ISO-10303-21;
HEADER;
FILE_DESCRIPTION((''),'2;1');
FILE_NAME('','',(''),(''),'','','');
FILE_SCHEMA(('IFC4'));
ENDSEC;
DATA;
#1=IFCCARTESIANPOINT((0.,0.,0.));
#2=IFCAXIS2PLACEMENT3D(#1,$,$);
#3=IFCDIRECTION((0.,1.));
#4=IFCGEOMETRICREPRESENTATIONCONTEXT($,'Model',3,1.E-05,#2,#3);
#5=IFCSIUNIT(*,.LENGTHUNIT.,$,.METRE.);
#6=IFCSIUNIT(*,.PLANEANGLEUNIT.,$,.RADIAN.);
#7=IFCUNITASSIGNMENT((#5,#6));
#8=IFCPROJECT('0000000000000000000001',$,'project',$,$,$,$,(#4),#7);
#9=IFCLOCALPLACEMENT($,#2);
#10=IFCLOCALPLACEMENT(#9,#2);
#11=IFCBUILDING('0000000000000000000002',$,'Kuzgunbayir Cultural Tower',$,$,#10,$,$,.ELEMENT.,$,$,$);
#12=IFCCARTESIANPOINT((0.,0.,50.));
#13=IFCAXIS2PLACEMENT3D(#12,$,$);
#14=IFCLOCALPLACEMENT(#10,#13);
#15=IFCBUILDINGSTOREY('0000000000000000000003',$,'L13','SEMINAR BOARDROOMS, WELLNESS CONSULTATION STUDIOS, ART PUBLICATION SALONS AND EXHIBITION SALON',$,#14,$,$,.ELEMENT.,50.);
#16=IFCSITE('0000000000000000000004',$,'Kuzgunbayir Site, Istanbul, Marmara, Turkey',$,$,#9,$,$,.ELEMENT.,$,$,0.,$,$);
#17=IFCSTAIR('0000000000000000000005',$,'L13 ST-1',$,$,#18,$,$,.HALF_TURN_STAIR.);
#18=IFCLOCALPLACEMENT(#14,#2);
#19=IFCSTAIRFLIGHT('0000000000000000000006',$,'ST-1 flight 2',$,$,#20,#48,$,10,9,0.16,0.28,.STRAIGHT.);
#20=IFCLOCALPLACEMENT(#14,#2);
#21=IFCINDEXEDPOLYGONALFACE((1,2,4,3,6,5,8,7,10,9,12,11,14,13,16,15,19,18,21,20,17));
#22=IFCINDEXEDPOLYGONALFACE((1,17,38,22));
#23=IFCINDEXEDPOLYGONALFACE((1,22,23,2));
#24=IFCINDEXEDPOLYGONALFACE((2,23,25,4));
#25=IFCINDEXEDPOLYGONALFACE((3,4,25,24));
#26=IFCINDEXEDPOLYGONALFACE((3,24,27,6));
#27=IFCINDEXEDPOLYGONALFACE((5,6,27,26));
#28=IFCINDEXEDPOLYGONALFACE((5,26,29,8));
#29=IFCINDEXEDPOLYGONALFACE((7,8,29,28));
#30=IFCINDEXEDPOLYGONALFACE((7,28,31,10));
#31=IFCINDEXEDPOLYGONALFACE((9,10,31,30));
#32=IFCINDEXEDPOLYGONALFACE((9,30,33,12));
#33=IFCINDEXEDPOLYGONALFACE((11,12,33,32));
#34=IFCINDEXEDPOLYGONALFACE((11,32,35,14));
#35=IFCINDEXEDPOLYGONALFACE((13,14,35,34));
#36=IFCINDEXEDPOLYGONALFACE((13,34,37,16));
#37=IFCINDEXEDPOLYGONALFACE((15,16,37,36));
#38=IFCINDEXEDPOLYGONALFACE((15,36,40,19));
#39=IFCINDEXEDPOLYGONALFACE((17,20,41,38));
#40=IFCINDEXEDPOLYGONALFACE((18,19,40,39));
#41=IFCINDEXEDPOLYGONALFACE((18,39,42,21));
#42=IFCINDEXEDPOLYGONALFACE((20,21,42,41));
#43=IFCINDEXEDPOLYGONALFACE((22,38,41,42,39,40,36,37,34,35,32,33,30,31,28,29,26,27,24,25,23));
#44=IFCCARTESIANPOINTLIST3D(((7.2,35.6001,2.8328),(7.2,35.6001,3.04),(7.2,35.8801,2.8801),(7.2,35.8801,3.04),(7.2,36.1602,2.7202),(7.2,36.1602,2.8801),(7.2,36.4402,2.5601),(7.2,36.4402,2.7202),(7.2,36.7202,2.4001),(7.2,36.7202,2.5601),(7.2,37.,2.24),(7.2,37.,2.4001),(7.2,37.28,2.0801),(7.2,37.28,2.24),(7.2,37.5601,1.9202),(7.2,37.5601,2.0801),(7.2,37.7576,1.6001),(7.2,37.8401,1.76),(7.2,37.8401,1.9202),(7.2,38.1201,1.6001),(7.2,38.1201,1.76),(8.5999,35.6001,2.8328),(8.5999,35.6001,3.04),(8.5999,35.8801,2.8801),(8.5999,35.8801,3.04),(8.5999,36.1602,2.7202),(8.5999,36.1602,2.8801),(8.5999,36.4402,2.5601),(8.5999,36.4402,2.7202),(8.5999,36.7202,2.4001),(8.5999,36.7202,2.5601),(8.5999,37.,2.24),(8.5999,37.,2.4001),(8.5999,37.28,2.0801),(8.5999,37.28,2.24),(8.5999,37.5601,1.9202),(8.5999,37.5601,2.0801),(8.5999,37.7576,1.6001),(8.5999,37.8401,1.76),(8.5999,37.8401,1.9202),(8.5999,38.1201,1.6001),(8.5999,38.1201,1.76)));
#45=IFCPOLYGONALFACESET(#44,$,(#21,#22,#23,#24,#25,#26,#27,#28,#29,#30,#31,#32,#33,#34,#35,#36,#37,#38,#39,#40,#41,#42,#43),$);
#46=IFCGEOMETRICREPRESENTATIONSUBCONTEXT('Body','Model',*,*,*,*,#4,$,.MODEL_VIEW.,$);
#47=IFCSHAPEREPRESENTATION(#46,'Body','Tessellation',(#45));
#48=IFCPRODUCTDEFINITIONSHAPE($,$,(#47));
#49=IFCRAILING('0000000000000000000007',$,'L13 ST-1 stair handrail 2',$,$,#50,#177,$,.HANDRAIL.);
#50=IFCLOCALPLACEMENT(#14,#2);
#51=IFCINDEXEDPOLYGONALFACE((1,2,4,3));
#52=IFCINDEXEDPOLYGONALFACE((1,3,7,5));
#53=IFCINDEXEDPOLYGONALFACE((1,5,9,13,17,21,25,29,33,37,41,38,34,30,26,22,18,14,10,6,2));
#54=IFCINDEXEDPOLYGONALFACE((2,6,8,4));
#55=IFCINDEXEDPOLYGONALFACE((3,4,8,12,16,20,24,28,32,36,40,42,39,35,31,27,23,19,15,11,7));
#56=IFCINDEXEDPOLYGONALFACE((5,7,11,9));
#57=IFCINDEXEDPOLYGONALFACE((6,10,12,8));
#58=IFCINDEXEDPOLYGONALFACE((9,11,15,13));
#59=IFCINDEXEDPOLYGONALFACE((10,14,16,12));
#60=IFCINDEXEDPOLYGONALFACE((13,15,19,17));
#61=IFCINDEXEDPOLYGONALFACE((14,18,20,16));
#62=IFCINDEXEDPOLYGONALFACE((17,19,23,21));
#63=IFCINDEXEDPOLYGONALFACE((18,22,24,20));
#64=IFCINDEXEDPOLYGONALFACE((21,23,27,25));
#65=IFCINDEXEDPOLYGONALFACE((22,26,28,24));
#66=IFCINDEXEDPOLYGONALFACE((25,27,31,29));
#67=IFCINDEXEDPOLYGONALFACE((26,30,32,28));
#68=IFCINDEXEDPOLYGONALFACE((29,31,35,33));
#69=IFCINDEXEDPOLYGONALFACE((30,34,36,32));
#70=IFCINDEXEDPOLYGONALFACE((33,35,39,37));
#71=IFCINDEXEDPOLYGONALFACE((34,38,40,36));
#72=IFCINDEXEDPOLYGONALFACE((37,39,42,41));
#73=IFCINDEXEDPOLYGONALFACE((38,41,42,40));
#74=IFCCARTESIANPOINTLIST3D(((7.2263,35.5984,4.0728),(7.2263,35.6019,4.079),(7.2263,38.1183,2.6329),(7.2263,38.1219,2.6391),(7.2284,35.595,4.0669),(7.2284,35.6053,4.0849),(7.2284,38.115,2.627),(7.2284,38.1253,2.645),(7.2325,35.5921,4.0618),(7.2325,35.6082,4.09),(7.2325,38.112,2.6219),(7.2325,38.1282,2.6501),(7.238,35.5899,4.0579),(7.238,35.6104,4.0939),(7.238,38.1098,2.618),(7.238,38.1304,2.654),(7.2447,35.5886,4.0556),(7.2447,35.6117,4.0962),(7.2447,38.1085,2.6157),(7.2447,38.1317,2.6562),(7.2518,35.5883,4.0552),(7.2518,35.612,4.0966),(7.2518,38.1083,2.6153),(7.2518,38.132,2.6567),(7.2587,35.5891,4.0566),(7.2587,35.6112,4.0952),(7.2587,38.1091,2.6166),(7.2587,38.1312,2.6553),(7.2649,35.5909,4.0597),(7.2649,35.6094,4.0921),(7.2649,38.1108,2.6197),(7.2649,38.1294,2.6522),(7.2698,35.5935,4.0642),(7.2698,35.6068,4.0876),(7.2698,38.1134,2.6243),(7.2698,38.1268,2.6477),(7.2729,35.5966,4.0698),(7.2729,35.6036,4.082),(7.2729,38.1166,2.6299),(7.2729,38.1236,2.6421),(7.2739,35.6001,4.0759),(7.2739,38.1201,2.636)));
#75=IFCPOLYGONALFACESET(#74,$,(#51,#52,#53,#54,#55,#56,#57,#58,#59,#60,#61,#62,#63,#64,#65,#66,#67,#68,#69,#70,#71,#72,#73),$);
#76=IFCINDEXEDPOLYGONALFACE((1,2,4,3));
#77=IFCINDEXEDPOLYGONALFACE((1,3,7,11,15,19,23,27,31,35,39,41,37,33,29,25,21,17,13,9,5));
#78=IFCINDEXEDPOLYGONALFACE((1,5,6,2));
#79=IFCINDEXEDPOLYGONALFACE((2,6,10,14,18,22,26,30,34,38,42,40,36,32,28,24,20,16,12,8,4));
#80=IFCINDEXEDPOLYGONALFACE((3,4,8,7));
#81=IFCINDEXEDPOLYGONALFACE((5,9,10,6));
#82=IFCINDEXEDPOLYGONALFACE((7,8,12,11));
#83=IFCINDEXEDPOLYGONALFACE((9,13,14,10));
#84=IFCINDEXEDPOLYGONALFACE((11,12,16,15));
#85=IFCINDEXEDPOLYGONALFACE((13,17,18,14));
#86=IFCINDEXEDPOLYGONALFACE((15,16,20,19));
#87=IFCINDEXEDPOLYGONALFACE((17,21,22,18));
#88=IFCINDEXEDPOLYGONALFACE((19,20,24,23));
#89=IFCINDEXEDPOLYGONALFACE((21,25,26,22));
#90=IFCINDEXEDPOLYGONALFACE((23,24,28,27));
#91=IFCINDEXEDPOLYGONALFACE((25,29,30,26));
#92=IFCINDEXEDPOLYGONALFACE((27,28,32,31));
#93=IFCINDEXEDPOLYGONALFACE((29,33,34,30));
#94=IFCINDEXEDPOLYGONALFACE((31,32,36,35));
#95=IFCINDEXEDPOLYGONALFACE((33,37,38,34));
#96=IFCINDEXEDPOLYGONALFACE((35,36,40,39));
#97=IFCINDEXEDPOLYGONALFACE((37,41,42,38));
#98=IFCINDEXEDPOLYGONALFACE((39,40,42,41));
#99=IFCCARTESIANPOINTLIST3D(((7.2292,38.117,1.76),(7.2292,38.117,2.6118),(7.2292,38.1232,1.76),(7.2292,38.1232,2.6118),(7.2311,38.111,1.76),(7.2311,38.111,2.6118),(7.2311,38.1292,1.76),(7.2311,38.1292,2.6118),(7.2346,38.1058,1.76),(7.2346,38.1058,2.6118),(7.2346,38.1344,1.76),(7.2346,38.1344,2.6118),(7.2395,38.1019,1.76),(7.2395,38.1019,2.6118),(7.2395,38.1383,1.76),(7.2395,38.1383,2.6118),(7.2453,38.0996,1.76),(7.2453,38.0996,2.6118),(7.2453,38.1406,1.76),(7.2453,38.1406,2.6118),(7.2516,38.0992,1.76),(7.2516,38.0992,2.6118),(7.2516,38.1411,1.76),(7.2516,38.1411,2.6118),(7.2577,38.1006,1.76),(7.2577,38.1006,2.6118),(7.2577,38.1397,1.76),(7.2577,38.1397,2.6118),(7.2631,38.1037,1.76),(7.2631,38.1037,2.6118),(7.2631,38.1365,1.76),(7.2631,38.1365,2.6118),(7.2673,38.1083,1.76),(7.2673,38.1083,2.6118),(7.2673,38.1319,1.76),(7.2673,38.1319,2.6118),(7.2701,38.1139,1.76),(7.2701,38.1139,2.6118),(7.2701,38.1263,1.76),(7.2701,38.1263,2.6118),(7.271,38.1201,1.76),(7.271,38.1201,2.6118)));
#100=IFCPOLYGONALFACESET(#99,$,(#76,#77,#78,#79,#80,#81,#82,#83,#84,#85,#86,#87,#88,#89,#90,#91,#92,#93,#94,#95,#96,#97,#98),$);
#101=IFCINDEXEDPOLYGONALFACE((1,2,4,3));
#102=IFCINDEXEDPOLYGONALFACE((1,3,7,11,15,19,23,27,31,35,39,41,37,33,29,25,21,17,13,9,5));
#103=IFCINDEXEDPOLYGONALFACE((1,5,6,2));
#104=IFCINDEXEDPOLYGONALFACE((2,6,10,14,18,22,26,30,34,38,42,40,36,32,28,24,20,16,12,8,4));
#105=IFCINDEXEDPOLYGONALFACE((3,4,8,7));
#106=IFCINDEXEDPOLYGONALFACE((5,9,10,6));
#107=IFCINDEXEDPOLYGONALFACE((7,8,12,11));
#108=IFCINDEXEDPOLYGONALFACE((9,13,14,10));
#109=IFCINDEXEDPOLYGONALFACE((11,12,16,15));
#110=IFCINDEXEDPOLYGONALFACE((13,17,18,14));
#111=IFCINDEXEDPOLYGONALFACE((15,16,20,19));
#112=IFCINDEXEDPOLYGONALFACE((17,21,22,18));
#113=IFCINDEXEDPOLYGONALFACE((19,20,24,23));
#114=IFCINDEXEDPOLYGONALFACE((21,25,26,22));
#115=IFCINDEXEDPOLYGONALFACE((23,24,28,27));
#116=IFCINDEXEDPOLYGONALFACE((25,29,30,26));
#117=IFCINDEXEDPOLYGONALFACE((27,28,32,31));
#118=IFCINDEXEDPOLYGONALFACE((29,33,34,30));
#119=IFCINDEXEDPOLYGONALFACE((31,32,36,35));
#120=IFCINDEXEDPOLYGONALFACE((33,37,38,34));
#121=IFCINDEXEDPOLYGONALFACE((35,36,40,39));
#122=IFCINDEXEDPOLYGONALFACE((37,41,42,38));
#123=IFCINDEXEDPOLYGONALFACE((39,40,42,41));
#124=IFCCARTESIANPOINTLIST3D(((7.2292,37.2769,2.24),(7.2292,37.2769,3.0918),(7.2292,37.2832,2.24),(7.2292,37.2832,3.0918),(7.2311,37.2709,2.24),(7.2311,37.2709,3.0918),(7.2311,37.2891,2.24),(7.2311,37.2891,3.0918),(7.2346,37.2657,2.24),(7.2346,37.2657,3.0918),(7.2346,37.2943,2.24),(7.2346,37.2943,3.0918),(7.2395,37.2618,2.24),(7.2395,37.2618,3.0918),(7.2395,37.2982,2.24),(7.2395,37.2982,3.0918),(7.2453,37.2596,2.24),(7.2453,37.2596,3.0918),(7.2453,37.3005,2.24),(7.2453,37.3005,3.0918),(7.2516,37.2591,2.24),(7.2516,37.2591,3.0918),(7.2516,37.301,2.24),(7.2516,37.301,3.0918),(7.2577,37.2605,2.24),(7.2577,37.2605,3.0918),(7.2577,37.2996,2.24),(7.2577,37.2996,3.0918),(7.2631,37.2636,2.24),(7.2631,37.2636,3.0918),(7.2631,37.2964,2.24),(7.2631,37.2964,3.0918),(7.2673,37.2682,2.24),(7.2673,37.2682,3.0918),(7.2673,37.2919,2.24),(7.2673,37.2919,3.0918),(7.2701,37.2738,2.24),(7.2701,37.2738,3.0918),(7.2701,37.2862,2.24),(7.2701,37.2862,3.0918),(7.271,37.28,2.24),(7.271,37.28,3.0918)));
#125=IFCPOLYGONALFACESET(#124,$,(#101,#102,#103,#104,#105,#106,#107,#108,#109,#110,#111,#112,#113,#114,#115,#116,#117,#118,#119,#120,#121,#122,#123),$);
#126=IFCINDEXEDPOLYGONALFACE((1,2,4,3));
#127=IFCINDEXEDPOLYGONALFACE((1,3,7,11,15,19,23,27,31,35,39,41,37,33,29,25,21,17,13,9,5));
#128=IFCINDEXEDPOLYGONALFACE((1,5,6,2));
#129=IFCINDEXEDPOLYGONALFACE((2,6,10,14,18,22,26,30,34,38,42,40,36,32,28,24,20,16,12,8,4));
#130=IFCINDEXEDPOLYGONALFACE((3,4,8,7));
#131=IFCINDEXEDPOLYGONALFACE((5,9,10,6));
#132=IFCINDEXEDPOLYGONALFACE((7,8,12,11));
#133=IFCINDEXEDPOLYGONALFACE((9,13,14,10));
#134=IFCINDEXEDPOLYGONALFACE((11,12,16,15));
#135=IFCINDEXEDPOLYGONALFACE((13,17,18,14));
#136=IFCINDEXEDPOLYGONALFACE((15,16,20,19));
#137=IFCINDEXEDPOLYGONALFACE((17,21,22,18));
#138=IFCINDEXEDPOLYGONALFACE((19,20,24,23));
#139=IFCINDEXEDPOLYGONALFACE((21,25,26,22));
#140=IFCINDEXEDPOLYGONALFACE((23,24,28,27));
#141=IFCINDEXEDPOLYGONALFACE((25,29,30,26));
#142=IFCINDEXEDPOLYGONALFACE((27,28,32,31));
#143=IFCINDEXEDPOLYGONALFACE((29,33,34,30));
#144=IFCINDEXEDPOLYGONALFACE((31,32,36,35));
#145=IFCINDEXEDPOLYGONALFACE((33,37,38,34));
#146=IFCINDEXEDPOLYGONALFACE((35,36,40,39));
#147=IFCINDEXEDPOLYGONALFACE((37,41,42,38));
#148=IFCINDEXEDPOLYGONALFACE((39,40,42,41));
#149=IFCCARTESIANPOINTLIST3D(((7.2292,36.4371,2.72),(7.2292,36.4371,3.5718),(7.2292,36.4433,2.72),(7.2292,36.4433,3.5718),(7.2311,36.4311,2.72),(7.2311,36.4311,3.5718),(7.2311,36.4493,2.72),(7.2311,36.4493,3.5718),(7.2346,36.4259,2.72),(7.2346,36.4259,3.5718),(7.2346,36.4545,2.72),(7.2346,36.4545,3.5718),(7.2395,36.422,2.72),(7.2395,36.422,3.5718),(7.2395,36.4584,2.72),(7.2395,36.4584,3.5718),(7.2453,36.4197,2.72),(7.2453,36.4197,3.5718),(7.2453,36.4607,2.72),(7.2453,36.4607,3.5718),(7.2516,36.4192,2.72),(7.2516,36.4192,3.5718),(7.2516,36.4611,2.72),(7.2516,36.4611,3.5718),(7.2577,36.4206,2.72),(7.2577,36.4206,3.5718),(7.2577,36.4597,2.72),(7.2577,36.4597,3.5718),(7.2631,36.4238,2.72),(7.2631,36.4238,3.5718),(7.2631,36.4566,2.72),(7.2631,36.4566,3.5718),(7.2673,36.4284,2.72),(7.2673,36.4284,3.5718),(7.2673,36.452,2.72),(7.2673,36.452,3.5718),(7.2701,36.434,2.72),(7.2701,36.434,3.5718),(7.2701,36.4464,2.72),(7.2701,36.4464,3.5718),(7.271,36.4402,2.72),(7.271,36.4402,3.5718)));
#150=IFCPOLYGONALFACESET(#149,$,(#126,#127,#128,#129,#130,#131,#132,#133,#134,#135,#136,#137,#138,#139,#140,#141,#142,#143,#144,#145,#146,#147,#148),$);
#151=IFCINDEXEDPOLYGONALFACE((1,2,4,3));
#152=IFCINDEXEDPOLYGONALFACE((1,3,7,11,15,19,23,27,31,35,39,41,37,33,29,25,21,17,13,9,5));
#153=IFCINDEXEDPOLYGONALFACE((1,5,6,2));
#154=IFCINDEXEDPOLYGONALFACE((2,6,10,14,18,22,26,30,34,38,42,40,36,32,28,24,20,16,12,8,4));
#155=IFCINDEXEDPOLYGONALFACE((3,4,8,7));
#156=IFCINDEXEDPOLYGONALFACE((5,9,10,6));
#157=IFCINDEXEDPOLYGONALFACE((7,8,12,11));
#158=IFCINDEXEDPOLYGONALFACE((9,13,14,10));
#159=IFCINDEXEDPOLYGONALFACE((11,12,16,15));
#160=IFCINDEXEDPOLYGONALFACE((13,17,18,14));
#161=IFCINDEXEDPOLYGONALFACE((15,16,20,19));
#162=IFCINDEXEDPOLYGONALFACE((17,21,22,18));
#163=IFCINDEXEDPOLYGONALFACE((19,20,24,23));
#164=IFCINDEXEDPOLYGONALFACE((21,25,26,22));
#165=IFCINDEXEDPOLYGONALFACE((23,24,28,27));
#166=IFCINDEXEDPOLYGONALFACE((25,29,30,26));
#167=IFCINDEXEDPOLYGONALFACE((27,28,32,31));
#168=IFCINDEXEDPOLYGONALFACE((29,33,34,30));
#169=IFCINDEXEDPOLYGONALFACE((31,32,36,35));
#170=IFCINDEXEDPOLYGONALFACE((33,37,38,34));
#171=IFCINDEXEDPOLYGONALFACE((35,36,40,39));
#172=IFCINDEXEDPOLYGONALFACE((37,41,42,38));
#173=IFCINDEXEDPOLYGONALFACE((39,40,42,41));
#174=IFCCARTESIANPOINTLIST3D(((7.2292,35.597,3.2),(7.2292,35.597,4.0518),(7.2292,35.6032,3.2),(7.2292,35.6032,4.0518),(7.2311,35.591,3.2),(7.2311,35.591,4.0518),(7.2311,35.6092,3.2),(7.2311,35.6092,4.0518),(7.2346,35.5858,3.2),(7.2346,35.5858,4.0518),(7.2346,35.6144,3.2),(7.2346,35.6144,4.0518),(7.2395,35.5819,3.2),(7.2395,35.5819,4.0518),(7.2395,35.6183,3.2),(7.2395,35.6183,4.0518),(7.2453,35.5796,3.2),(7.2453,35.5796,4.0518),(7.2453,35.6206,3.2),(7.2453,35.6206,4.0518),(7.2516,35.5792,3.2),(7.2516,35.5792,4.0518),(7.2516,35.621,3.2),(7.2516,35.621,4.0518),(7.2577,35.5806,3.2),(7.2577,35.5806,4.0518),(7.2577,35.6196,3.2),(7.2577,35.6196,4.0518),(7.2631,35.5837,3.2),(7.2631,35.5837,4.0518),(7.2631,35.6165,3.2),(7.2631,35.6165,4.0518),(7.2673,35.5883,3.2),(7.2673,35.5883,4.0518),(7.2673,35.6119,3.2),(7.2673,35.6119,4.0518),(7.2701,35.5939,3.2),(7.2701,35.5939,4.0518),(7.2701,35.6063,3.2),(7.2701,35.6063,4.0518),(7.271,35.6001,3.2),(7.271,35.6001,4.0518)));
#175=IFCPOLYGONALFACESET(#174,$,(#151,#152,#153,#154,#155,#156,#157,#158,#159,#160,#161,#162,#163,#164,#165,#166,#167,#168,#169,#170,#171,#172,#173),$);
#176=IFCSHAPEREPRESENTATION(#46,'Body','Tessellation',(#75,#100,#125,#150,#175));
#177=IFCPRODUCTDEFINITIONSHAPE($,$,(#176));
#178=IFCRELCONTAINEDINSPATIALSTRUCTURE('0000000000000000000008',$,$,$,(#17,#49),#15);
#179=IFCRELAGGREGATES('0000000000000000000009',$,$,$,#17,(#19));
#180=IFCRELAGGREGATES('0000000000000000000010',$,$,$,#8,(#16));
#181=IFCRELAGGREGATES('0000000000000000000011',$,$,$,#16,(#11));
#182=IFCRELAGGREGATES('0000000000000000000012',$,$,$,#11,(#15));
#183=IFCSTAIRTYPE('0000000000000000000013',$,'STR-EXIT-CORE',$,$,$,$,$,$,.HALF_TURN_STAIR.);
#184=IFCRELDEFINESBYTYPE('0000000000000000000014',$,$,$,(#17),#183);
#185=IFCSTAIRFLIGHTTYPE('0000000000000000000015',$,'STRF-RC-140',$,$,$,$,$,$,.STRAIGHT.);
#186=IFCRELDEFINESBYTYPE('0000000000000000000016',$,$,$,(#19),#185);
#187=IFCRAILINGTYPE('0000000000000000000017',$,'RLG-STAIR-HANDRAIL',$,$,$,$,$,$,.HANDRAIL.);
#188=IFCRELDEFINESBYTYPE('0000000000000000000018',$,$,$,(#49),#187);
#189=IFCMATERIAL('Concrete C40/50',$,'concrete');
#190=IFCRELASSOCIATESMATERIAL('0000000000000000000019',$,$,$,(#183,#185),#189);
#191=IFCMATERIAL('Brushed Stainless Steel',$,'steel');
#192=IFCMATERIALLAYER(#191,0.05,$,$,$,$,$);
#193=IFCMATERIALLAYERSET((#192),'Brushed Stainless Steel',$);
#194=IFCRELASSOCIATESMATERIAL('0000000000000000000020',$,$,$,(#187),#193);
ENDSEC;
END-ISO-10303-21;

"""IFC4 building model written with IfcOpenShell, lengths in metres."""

from ifc_helpers import new_model, si_unit, direction, frame, origin, origin_2d, place, context, subcontext, project, spatial, polyline, circle, outline, extrude, material, layer, layer_set, type_object, element, aggregate, save


model = new_model("IFC4")

# Units and contexts
model_context = context("Model", 3, precision=1e-05, world=origin(), true_north=direction((0.0, 1.0)))
body_context = subcontext(model_context, "Body", "Model", "MODEL_VIEW")
ifc_project = project(units=[si_unit("LENGTHUNIT", "METRE"), si_unit("PLANEANGLEUNIT", "RADIAN")], contexts=[model_context])

# Site, building, storey
site_placement = place(None, origin())
site = spatial("IfcSite", under=ifc_project, at=site_placement, Name="Kuzgunbayir Site, Istanbul, Marmara, Turkey", CompositionType="ELEMENT", RefElevation=0.0)
building_placement = place(site_placement, origin())
building = spatial("IfcBuilding", under=site, at=building_placement, Name="Kuzgunbayir Cultural Tower", CompositionType="ELEMENT")
storey_placement = place(building_placement, frame((0.0, 0.0, 50.0)))
storey = spatial("IfcBuildingStorey", under=building, at=storey_placement, Name="L13", Description="SEMINAR BOARDROOMS, WELLNESS CONSULTATION STUDIOS, ART PUBLICATION SALONS AND EXHIBITION SALON", CompositionType="ELEMENT", Elevation=50.0)

# Stair, stair flight
ifc_material_1 = material(Name="Concrete C40/50", Category="concrete")
stair_type = type_object("IfcStairType", Name="STR-EXIT-CORE", PredefinedType="HALF_TURN_STAIR", material=ifc_material_1)
stair_placement = place(storey_placement, origin())
stair = element("IfcStair", 1, at=stair_placement, inside=storey, type_object=stair_type, Name="L13 ST-1", PredefinedType="HALF_TURN_STAIR")
stair_flight_type = type_object("IfcStairFlightType", Name="STRF-RC-140", PredefinedType="STRAIGHT", material=ifc_material_1)
stair_flight_placement = place(storey_placement, frame((7.8999, 38.1201, 1.6001), z_axis=(0.0, 0.0, 1.0), x_axis=(0.0, -1.0, 0.0)))
stair_flight = element("IfcStairFlight", 2, at=stair_flight_placement, type_object=stair_flight_type, Name="ST-1 flight 2", NumberOfRisers=10, NumberOfTreads=9, PredefinedType="STRAIGHT", RiserHeight=0.16, TreadLength=0.28, context=body_context, shape_type="SweptSolid", body=[
    extrude(outline(polyline([(0.0, 0.0), (0.0, 0.1599), (0.28, 0.1599), (0.28, 0.3201), (0.5601, 0.3201), (0.5601, 0.48), (0.8401, 0.48), (0.8401, 0.6399), (1.1201, 0.6399), (1.1201, 0.8), (1.3999, 0.8), (1.3999, 0.96), (1.6799, 0.96), (1.6799, 1.1201), (1.96, 1.1201), (1.96, 1.28), (2.24, 1.28), (2.24, 1.4399), (2.52, 1.4399), (2.52, 1.6001), (2.52, 1.2327), (0.3625, 0.0), (0.0, 0.0)])), frame((0.0, 0.7, 0.0), z_axis=(0.0, -1.0, 0.0), x_axis=(1.0, 0.0, 0.0)), (0.0, 0.0, 1.0), 1.3999),
])
aggregate(stair, [stair_flight])

# Railing
ifc_material_2 = material(Name="Brushed Stainless Steel", Category="steel")
ifc_layer_1 = layer(ifc_material_2, 0.05)
ifc_layer_set_1 = layer_set([ifc_layer_1], Name="Brushed Stainless Steel")
railing_type_1 = type_object("IfcRailingType", Name="RLG-STAIR-HANDRAIL", PredefinedType="HANDRAIL", material=ifc_layer_set_1)
railing_1_placement = place(storey_placement, frame((7.25, 38.1201, 1.76)))
element("IfcRailing", 3, at=railing_1_placement, inside=storey, type_object=railing_type_1, Name="L13 ST-1 stair handrail 2", PredefinedType="HANDRAIL", context=body_context, shape_type="SweptSolid", body=[
    extrude(circle(Radius=0.0239, at=origin_2d()), frame((0.0, 0.0, 0.876), z_axis=(0.0, -0.868253, 0.496121), x_axis=(1.0, 0.0, 0.0)), (0.0, 0.0, 1.0), 2.9023),
    extrude(circle(Radius=0.021, at=origin_2d()), origin(), (0.0, 0.0, 1.0), 0.8518),
    extrude(circle(Radius=0.021, at=origin_2d()), frame((0.0, -0.8401, 0.48)), (0.0, 0.0, 1.0), 0.8518),
    extrude(circle(Radius=0.021, at=origin_2d()), frame((0.0, -1.6799, 0.96)), (0.0, 0.0, 1.0), 0.8518),
    extrude(circle(Radius=0.021, at=origin_2d()), frame((0.0, -2.52, 1.4399)), (0.0, 0.0, 1.0), 0.8518),
])

save(model, "model.ifc")
